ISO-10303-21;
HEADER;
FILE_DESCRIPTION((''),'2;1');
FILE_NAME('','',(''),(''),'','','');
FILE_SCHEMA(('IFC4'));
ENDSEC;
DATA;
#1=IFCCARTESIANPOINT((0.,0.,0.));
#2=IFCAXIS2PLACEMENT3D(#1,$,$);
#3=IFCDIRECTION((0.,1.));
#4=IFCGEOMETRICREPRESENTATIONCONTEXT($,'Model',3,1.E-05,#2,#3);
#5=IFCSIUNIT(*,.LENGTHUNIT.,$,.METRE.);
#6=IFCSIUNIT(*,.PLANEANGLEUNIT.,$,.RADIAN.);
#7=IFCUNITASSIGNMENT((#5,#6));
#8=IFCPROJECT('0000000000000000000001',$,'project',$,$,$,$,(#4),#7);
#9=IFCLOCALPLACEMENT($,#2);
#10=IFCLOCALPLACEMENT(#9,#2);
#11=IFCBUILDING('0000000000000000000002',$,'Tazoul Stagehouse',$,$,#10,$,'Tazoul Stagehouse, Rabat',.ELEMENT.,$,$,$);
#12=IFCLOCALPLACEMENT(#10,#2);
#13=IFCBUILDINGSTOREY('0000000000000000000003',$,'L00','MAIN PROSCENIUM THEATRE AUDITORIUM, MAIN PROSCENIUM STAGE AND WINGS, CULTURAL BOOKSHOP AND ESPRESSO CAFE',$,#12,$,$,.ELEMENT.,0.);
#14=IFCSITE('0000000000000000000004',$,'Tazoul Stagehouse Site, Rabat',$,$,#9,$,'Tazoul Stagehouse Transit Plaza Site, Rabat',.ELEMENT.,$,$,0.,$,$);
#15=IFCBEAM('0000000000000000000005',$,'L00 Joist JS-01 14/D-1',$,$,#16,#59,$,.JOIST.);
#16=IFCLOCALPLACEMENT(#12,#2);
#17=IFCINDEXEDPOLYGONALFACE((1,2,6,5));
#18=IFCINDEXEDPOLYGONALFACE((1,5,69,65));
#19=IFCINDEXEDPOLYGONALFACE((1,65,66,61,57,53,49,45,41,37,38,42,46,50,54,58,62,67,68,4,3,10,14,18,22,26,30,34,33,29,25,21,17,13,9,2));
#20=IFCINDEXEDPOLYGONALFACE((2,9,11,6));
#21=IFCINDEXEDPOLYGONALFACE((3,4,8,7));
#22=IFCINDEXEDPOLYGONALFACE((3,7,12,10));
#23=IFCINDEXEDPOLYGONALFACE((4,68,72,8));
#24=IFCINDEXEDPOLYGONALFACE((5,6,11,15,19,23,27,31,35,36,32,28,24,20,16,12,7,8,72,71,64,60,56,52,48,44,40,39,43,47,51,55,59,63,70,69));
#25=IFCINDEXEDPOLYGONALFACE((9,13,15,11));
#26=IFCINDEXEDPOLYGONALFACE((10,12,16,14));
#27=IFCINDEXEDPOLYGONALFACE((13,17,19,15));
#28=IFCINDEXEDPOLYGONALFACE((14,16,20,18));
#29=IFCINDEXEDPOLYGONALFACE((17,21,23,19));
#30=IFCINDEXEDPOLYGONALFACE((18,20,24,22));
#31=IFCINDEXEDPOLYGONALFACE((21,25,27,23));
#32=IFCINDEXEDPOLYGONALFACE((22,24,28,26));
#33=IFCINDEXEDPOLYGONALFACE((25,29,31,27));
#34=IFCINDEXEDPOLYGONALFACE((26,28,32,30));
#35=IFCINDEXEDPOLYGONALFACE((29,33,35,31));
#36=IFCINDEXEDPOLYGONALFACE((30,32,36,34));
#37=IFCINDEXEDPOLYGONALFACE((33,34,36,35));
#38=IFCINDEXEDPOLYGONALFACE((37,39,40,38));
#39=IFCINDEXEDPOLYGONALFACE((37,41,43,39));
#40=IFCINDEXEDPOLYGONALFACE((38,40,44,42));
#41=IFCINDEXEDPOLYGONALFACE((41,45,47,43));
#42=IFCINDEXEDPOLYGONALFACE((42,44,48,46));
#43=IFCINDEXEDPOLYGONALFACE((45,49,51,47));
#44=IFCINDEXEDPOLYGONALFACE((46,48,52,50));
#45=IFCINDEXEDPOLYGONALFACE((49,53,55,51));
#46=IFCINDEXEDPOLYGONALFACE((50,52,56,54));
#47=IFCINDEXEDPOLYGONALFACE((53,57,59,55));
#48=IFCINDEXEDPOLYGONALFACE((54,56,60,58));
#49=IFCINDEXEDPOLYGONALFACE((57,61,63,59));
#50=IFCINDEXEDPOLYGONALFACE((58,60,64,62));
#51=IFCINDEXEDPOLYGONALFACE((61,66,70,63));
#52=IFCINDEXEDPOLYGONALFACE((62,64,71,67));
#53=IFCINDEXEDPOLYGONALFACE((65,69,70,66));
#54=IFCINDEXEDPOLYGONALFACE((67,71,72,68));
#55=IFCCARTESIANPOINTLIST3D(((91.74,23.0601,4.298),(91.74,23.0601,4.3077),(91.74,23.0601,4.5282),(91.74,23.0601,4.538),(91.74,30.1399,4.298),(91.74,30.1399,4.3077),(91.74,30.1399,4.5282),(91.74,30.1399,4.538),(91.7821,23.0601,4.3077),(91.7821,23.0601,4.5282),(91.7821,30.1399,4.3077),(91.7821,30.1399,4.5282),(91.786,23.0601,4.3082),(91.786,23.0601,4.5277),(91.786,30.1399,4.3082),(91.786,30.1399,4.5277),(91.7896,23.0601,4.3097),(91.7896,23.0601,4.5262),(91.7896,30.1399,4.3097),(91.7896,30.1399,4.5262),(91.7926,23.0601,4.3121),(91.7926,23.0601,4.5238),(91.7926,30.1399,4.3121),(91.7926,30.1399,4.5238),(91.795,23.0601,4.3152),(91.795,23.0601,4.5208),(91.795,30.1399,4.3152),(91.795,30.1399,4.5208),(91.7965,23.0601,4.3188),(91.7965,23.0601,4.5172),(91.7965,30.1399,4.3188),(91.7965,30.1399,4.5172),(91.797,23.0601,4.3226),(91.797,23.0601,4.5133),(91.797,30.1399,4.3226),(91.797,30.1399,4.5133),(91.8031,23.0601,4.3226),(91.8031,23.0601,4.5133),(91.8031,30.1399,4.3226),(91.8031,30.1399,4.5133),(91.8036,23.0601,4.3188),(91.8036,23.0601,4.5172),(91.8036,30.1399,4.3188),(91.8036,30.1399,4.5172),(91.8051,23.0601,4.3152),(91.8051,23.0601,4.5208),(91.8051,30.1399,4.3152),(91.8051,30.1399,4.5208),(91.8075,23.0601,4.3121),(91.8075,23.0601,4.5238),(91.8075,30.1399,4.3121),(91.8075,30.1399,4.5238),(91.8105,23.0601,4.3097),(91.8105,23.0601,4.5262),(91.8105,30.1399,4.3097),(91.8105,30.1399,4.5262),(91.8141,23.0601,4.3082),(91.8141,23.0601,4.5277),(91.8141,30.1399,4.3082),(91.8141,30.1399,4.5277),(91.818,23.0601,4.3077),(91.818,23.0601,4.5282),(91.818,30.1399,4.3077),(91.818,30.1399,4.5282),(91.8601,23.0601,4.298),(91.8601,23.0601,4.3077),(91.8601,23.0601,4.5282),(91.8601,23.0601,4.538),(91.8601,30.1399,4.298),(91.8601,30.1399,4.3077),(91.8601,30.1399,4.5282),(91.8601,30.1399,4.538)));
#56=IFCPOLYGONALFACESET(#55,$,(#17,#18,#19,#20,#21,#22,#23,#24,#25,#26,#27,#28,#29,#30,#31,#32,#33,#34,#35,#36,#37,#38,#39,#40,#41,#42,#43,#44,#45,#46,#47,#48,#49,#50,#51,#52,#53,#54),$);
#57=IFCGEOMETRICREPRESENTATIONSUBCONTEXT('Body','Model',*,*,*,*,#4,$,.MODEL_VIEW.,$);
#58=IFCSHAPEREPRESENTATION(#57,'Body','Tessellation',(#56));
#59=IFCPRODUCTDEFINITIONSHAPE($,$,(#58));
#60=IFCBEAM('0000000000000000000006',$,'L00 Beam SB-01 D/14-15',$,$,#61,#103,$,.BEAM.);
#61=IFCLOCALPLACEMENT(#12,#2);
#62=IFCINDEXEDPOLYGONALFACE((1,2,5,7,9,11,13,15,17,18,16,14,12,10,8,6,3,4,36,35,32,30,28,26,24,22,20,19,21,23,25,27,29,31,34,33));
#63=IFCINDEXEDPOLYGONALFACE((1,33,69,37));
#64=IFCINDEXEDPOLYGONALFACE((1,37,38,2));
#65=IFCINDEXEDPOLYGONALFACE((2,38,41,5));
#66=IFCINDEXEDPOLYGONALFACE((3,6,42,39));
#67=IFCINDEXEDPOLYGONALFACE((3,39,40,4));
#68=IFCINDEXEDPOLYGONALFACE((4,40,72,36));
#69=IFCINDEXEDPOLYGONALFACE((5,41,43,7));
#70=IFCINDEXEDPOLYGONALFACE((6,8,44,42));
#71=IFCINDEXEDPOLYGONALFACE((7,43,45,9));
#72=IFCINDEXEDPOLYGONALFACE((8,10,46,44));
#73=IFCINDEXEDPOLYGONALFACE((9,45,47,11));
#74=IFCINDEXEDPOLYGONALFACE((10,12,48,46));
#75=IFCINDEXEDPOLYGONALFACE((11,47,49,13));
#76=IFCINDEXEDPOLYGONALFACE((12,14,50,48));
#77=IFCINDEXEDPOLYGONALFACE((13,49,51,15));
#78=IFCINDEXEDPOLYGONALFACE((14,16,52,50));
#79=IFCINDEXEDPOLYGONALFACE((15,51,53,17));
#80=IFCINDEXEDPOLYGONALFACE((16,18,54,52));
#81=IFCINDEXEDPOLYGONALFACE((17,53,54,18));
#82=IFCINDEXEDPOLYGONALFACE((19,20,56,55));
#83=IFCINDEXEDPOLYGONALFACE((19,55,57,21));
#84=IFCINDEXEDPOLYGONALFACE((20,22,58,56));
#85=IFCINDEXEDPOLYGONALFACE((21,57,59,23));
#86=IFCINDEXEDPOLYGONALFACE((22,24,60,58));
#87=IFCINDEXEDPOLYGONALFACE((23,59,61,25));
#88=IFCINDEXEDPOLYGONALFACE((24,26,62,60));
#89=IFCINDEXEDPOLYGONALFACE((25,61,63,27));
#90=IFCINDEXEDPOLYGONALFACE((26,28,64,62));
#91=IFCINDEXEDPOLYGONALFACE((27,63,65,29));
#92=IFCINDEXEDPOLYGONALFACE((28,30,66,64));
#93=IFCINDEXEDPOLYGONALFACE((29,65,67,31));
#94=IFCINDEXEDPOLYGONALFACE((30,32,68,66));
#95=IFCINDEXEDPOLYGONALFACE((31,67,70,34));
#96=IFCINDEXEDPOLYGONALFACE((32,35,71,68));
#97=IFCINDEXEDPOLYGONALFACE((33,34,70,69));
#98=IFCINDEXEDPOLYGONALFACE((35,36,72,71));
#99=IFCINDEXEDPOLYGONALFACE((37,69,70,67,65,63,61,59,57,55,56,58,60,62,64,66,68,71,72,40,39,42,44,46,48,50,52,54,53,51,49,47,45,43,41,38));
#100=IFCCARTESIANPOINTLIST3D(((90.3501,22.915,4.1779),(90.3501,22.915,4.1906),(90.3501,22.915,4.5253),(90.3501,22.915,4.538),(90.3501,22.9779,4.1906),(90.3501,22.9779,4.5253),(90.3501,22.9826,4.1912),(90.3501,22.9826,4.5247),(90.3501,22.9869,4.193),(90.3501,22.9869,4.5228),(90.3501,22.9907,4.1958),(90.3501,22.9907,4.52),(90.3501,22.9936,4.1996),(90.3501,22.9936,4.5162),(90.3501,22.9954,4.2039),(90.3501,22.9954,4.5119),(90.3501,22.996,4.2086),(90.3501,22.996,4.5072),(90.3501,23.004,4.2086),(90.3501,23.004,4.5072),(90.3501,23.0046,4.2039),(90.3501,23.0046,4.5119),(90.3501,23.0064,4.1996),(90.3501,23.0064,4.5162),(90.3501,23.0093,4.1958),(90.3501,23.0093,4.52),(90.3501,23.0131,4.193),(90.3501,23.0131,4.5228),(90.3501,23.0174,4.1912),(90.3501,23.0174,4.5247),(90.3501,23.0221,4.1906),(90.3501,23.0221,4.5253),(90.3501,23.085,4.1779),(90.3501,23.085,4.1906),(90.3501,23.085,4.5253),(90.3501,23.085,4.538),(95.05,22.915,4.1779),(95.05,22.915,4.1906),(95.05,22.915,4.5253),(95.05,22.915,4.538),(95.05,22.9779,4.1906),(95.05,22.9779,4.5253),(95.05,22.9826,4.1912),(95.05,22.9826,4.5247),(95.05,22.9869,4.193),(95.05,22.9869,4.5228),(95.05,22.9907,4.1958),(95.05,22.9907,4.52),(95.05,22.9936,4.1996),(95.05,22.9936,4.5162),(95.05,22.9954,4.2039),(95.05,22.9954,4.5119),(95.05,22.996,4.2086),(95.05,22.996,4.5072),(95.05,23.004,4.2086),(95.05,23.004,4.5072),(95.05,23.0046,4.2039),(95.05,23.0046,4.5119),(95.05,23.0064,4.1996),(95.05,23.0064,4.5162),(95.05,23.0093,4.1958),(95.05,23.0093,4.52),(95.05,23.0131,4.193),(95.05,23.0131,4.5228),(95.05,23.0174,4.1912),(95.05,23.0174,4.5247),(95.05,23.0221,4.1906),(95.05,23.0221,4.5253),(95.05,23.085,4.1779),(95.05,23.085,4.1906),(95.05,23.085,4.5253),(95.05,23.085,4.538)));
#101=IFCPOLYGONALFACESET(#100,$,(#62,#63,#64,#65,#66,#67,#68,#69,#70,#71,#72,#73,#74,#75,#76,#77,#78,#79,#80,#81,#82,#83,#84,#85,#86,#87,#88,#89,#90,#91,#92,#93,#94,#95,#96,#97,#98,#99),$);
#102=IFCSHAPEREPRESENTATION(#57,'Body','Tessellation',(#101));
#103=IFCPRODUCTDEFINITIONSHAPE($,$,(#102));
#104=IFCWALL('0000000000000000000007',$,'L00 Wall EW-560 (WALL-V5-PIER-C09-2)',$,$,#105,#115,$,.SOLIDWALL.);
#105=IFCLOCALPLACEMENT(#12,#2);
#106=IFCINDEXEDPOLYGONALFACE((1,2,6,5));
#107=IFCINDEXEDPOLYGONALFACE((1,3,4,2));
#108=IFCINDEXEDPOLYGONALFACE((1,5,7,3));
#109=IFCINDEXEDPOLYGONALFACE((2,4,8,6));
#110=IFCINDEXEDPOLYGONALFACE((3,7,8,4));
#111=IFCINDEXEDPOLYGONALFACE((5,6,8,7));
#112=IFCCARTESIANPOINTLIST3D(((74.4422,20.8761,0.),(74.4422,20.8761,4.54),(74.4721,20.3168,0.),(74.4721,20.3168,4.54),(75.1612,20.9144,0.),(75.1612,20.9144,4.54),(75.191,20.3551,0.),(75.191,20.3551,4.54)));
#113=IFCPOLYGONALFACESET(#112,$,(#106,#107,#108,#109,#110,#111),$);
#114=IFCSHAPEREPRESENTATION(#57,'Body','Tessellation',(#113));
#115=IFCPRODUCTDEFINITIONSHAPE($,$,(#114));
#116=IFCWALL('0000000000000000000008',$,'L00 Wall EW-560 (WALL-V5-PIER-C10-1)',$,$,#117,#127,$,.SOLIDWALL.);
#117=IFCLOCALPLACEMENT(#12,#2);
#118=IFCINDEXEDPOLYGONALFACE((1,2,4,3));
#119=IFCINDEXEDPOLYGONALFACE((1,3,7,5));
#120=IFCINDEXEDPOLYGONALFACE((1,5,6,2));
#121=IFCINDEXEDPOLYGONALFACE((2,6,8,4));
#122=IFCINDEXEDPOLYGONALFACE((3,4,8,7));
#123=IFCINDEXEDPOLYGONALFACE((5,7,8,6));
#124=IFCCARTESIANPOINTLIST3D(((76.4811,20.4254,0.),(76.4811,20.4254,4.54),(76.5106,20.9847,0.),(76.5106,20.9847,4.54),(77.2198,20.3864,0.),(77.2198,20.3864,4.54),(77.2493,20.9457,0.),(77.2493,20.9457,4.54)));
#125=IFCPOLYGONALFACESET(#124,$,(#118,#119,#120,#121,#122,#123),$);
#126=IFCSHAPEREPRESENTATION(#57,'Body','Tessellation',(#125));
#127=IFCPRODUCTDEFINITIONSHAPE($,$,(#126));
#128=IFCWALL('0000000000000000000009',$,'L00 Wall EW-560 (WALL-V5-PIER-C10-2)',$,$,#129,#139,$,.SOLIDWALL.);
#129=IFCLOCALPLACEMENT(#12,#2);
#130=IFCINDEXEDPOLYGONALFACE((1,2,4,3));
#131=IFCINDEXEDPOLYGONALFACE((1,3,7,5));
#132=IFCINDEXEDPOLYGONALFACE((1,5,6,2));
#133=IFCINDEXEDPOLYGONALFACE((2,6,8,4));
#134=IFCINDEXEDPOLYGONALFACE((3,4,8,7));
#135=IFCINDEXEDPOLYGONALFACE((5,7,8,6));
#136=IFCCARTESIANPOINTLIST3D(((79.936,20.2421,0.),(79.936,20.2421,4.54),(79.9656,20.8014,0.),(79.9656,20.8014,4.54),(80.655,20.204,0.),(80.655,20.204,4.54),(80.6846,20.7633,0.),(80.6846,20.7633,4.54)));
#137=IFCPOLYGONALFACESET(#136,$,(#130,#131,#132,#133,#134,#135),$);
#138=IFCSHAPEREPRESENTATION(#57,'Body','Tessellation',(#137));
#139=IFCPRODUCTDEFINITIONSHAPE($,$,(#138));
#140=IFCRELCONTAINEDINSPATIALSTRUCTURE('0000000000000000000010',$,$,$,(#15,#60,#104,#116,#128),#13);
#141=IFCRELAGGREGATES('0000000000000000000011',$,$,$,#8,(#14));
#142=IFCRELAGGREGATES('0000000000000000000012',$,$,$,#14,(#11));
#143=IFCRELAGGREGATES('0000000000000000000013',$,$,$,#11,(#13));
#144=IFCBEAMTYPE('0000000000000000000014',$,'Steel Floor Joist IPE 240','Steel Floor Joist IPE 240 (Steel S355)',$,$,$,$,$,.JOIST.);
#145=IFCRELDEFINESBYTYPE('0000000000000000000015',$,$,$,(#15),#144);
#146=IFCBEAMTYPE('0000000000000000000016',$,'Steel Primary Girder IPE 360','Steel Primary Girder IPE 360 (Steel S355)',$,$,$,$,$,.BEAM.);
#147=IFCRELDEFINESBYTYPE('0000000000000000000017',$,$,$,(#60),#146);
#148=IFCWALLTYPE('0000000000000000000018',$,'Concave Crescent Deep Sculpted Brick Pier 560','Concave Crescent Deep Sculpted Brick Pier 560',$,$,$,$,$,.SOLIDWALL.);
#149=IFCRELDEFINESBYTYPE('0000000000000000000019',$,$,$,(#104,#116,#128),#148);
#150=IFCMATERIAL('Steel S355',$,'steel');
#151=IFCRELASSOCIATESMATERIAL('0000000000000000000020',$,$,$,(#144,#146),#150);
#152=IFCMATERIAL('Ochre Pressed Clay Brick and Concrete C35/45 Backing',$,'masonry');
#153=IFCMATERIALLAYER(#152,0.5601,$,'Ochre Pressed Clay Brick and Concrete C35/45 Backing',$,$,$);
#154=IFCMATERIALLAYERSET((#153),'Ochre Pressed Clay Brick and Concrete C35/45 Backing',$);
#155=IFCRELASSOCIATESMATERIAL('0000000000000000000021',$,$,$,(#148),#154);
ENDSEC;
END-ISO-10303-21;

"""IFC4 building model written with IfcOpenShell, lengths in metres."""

from ifc_helpers import new_model, si_unit, direction, frame, frame_2d, origin, origin_2d, place, context, subcontext, project, spatial, rectangle, i_section, extrude, material, layer, layer_set, material_profile, profile_set, type_object, element, save


model = new_model("IFC4")

# Units and contexts
model_context = context("Model", 3, precision=1e-05, world=origin(), true_north=direction((0.0, 1.0)))
body_context = subcontext(model_context, "Body", "Model", "MODEL_VIEW")
ifc_project = project(units=[si_unit("LENGTHUNIT", "METRE"), si_unit("PLANEANGLEUNIT", "RADIAN")], contexts=[model_context])

# Site, building, storey
site_placement = place(None, origin())
site = spatial("IfcSite", under=ifc_project, at=site_placement, Name="Tazoul Stagehouse Site, Rabat", LongName="Tazoul Stagehouse Transit Plaza Site, Rabat", CompositionType="ELEMENT", RefElevation=0.0)
building_placement = place(site_placement, origin())
building = spatial("IfcBuilding", under=site, at=building_placement, Name="Tazoul Stagehouse", LongName="Tazoul Stagehouse, Rabat", CompositionType="ELEMENT")
storey_placement = place(building_placement, origin())
storey = spatial("IfcBuildingStorey", under=building, at=storey_placement, Name="L00", Description="MAIN PROSCENIUM THEATRE AUDITORIUM, MAIN PROSCENIUM STAGE AND WINGS, CULTURAL BOOKSHOP AND ESPRESSO CAFE", CompositionType="ELEMENT", Elevation=0.0)

# Beams
ifc_material_1 = material(Name="Steel S355", Category="steel")
ifc_material_profile_1 = material_profile(ifc_material_1, i_section(OverallWidth=0.1201, OverallDepth=0.24, WebThickness=0.0061, FlangeThickness=0.0098, FilletRadius=0.0149, at=origin_2d()), Name="IPE 240")
ifc_profile_set_1 = profile_set([ifc_material_profile_1], Name="Steel S355")
beam_type_1 = type_object("IfcBeamType", Name="Steel Floor Joist IPE 240", Description="Steel Floor Joist IPE 240 (Steel S355)", PredefinedType="JOIST", material=ifc_profile_set_1)
beam_1_placement = place(storey_placement, frame((91.8, 23.0601, 4.418), z_axis=(0.0, 1.0, 0.0), x_axis=(-1.0, 0.0, 0.0)))
element("IfcBeam", 1, at=beam_1_placement, inside=storey, type_object=beam_type_1, Name="L00 Joist JS-01 14/D-1", PredefinedType="JOIST", context=body_context, shape_type="SweptSolid", body=[
    extrude(i_section(OverallWidth=0.1201, OverallDepth=0.24, WebThickness=0.0061, FlangeThickness=0.0098, FilletRadius=0.0149, at=origin_2d()), origin(), (0.0, 0.0, 1.0), 7.0798),
])
ifc_material_profile_2 = material_profile(ifc_material_1, i_section(OverallWidth=0.1699, OverallDepth=0.3601, WebThickness=0.0081, FlangeThickness=0.0127, FilletRadius=0.0181, at=origin_2d()), Name="IPE 360")
ifc_profile_set_2 = profile_set([ifc_material_profile_2], Name="Steel S355")
beam_type_2 = type_object("IfcBeamType", Name="Steel Primary Girder IPE 360", Description="Steel Primary Girder IPE 360 (Steel S355)", PredefinedType="BEAM", material=ifc_profile_set_2)
beam_2_placement = place(storey_placement, frame((90.3501, 23.0, 4.3579), z_axis=(1.0, 0.0, 0.0), x_axis=(0.0, 1.0, 0.0)))
element("IfcBeam", 2, at=beam_2_placement, inside=storey, type_object=beam_type_2, Name="L00 Beam SB-01 D/14-15", PredefinedType="BEAM", context=body_context, shape_type="SweptSolid", body=[
    extrude(i_section(OverallWidth=0.1699, OverallDepth=0.3601, WebThickness=0.0081, FlangeThickness=0.0127, FilletRadius=0.0181, at=origin_2d()), origin(), (0.0, 0.0, 1.0), 4.7),
])

# Walls
ifc_material_2 = material(Name="Ochre Pressed Clay Brick and Concrete C35/45 Backing", Category="masonry")
ifc_layer_1 = layer(ifc_material_2, 0.5601, Name="Ochre Pressed Clay Brick and Concrete C35/45 Backing")
ifc_layer_set_1 = layer_set([ifc_layer_1], Name="Ochre Pressed Clay Brick and Concrete C35/45 Backing")
wall_type_1 = type_object("IfcWallType", Name="Concave Crescent Deep Sculpted Brick Pier 560", Description="Concave Crescent Deep Sculpted Brick Pier 560", PredefinedType="SOLIDWALL", material=ifc_layer_set_1)
wall_1_placement = place(storey_placement, frame((74.4573, 20.5964, 0.0), z_axis=(0.0, 0.0, 1.0), x_axis=(0.998582, 0.053235, 0.0)))
element("IfcWall", 3, at=wall_1_placement, inside=storey, type_object=wall_type_1, Name="L00 Wall EW-560 (WALL-V5-PIER-C09-2)", PredefinedType="SOLIDWALL", context=body_context, shape_type="SweptSolid", body=[
    extrude(rectangle(XDim=0.72, YDim=0.5601, at=frame_2d((0.3599, 0.0))), origin(), (0.0, 0.0, 1.0), 4.54),
])
wall_2_placement = place(storey_placement, frame((76.4958, 20.7051, 0.0), z_axis=(0.0, 0.0, 1.0), x_axis=(0.998605, -0.052801, 0.0)))
element("IfcWall", 4, at=wall_2_placement, inside=storey, type_object=wall_type_1, Name="L00 Wall EW-560 (WALL-V5-PIER-C10-1)", PredefinedType="SOLIDWALL", context=body_context, shape_type="SweptSolid", body=[
    extrude(rectangle(XDim=0.7397, YDim=0.5601, at=frame_2d((0.3699, 0.0))), origin(), (0.0, 0.0, 1.0), 4.54),
])
wall_3_placement = place(storey_placement, frame((79.9509, 20.5217, 0.0), z_axis=(0.0, 0.0, 1.0), x_axis=(0.9986, -0.052897, 0.0)))
element("IfcWall", 5, at=wall_3_placement, inside=storey, type_object=wall_type_1, Name="L00 Wall EW-560 (WALL-V5-PIER-C10-2)", PredefinedType="SOLIDWALL", context=body_context, shape_type="SweptSolid", body=[
    extrude(rectangle(XDim=0.72, YDim=0.5601, at=frame_2d((0.3599, 0.0))), origin(), (0.0, 0.0, 1.0), 4.54),
])

save(model, "model.ifc")
